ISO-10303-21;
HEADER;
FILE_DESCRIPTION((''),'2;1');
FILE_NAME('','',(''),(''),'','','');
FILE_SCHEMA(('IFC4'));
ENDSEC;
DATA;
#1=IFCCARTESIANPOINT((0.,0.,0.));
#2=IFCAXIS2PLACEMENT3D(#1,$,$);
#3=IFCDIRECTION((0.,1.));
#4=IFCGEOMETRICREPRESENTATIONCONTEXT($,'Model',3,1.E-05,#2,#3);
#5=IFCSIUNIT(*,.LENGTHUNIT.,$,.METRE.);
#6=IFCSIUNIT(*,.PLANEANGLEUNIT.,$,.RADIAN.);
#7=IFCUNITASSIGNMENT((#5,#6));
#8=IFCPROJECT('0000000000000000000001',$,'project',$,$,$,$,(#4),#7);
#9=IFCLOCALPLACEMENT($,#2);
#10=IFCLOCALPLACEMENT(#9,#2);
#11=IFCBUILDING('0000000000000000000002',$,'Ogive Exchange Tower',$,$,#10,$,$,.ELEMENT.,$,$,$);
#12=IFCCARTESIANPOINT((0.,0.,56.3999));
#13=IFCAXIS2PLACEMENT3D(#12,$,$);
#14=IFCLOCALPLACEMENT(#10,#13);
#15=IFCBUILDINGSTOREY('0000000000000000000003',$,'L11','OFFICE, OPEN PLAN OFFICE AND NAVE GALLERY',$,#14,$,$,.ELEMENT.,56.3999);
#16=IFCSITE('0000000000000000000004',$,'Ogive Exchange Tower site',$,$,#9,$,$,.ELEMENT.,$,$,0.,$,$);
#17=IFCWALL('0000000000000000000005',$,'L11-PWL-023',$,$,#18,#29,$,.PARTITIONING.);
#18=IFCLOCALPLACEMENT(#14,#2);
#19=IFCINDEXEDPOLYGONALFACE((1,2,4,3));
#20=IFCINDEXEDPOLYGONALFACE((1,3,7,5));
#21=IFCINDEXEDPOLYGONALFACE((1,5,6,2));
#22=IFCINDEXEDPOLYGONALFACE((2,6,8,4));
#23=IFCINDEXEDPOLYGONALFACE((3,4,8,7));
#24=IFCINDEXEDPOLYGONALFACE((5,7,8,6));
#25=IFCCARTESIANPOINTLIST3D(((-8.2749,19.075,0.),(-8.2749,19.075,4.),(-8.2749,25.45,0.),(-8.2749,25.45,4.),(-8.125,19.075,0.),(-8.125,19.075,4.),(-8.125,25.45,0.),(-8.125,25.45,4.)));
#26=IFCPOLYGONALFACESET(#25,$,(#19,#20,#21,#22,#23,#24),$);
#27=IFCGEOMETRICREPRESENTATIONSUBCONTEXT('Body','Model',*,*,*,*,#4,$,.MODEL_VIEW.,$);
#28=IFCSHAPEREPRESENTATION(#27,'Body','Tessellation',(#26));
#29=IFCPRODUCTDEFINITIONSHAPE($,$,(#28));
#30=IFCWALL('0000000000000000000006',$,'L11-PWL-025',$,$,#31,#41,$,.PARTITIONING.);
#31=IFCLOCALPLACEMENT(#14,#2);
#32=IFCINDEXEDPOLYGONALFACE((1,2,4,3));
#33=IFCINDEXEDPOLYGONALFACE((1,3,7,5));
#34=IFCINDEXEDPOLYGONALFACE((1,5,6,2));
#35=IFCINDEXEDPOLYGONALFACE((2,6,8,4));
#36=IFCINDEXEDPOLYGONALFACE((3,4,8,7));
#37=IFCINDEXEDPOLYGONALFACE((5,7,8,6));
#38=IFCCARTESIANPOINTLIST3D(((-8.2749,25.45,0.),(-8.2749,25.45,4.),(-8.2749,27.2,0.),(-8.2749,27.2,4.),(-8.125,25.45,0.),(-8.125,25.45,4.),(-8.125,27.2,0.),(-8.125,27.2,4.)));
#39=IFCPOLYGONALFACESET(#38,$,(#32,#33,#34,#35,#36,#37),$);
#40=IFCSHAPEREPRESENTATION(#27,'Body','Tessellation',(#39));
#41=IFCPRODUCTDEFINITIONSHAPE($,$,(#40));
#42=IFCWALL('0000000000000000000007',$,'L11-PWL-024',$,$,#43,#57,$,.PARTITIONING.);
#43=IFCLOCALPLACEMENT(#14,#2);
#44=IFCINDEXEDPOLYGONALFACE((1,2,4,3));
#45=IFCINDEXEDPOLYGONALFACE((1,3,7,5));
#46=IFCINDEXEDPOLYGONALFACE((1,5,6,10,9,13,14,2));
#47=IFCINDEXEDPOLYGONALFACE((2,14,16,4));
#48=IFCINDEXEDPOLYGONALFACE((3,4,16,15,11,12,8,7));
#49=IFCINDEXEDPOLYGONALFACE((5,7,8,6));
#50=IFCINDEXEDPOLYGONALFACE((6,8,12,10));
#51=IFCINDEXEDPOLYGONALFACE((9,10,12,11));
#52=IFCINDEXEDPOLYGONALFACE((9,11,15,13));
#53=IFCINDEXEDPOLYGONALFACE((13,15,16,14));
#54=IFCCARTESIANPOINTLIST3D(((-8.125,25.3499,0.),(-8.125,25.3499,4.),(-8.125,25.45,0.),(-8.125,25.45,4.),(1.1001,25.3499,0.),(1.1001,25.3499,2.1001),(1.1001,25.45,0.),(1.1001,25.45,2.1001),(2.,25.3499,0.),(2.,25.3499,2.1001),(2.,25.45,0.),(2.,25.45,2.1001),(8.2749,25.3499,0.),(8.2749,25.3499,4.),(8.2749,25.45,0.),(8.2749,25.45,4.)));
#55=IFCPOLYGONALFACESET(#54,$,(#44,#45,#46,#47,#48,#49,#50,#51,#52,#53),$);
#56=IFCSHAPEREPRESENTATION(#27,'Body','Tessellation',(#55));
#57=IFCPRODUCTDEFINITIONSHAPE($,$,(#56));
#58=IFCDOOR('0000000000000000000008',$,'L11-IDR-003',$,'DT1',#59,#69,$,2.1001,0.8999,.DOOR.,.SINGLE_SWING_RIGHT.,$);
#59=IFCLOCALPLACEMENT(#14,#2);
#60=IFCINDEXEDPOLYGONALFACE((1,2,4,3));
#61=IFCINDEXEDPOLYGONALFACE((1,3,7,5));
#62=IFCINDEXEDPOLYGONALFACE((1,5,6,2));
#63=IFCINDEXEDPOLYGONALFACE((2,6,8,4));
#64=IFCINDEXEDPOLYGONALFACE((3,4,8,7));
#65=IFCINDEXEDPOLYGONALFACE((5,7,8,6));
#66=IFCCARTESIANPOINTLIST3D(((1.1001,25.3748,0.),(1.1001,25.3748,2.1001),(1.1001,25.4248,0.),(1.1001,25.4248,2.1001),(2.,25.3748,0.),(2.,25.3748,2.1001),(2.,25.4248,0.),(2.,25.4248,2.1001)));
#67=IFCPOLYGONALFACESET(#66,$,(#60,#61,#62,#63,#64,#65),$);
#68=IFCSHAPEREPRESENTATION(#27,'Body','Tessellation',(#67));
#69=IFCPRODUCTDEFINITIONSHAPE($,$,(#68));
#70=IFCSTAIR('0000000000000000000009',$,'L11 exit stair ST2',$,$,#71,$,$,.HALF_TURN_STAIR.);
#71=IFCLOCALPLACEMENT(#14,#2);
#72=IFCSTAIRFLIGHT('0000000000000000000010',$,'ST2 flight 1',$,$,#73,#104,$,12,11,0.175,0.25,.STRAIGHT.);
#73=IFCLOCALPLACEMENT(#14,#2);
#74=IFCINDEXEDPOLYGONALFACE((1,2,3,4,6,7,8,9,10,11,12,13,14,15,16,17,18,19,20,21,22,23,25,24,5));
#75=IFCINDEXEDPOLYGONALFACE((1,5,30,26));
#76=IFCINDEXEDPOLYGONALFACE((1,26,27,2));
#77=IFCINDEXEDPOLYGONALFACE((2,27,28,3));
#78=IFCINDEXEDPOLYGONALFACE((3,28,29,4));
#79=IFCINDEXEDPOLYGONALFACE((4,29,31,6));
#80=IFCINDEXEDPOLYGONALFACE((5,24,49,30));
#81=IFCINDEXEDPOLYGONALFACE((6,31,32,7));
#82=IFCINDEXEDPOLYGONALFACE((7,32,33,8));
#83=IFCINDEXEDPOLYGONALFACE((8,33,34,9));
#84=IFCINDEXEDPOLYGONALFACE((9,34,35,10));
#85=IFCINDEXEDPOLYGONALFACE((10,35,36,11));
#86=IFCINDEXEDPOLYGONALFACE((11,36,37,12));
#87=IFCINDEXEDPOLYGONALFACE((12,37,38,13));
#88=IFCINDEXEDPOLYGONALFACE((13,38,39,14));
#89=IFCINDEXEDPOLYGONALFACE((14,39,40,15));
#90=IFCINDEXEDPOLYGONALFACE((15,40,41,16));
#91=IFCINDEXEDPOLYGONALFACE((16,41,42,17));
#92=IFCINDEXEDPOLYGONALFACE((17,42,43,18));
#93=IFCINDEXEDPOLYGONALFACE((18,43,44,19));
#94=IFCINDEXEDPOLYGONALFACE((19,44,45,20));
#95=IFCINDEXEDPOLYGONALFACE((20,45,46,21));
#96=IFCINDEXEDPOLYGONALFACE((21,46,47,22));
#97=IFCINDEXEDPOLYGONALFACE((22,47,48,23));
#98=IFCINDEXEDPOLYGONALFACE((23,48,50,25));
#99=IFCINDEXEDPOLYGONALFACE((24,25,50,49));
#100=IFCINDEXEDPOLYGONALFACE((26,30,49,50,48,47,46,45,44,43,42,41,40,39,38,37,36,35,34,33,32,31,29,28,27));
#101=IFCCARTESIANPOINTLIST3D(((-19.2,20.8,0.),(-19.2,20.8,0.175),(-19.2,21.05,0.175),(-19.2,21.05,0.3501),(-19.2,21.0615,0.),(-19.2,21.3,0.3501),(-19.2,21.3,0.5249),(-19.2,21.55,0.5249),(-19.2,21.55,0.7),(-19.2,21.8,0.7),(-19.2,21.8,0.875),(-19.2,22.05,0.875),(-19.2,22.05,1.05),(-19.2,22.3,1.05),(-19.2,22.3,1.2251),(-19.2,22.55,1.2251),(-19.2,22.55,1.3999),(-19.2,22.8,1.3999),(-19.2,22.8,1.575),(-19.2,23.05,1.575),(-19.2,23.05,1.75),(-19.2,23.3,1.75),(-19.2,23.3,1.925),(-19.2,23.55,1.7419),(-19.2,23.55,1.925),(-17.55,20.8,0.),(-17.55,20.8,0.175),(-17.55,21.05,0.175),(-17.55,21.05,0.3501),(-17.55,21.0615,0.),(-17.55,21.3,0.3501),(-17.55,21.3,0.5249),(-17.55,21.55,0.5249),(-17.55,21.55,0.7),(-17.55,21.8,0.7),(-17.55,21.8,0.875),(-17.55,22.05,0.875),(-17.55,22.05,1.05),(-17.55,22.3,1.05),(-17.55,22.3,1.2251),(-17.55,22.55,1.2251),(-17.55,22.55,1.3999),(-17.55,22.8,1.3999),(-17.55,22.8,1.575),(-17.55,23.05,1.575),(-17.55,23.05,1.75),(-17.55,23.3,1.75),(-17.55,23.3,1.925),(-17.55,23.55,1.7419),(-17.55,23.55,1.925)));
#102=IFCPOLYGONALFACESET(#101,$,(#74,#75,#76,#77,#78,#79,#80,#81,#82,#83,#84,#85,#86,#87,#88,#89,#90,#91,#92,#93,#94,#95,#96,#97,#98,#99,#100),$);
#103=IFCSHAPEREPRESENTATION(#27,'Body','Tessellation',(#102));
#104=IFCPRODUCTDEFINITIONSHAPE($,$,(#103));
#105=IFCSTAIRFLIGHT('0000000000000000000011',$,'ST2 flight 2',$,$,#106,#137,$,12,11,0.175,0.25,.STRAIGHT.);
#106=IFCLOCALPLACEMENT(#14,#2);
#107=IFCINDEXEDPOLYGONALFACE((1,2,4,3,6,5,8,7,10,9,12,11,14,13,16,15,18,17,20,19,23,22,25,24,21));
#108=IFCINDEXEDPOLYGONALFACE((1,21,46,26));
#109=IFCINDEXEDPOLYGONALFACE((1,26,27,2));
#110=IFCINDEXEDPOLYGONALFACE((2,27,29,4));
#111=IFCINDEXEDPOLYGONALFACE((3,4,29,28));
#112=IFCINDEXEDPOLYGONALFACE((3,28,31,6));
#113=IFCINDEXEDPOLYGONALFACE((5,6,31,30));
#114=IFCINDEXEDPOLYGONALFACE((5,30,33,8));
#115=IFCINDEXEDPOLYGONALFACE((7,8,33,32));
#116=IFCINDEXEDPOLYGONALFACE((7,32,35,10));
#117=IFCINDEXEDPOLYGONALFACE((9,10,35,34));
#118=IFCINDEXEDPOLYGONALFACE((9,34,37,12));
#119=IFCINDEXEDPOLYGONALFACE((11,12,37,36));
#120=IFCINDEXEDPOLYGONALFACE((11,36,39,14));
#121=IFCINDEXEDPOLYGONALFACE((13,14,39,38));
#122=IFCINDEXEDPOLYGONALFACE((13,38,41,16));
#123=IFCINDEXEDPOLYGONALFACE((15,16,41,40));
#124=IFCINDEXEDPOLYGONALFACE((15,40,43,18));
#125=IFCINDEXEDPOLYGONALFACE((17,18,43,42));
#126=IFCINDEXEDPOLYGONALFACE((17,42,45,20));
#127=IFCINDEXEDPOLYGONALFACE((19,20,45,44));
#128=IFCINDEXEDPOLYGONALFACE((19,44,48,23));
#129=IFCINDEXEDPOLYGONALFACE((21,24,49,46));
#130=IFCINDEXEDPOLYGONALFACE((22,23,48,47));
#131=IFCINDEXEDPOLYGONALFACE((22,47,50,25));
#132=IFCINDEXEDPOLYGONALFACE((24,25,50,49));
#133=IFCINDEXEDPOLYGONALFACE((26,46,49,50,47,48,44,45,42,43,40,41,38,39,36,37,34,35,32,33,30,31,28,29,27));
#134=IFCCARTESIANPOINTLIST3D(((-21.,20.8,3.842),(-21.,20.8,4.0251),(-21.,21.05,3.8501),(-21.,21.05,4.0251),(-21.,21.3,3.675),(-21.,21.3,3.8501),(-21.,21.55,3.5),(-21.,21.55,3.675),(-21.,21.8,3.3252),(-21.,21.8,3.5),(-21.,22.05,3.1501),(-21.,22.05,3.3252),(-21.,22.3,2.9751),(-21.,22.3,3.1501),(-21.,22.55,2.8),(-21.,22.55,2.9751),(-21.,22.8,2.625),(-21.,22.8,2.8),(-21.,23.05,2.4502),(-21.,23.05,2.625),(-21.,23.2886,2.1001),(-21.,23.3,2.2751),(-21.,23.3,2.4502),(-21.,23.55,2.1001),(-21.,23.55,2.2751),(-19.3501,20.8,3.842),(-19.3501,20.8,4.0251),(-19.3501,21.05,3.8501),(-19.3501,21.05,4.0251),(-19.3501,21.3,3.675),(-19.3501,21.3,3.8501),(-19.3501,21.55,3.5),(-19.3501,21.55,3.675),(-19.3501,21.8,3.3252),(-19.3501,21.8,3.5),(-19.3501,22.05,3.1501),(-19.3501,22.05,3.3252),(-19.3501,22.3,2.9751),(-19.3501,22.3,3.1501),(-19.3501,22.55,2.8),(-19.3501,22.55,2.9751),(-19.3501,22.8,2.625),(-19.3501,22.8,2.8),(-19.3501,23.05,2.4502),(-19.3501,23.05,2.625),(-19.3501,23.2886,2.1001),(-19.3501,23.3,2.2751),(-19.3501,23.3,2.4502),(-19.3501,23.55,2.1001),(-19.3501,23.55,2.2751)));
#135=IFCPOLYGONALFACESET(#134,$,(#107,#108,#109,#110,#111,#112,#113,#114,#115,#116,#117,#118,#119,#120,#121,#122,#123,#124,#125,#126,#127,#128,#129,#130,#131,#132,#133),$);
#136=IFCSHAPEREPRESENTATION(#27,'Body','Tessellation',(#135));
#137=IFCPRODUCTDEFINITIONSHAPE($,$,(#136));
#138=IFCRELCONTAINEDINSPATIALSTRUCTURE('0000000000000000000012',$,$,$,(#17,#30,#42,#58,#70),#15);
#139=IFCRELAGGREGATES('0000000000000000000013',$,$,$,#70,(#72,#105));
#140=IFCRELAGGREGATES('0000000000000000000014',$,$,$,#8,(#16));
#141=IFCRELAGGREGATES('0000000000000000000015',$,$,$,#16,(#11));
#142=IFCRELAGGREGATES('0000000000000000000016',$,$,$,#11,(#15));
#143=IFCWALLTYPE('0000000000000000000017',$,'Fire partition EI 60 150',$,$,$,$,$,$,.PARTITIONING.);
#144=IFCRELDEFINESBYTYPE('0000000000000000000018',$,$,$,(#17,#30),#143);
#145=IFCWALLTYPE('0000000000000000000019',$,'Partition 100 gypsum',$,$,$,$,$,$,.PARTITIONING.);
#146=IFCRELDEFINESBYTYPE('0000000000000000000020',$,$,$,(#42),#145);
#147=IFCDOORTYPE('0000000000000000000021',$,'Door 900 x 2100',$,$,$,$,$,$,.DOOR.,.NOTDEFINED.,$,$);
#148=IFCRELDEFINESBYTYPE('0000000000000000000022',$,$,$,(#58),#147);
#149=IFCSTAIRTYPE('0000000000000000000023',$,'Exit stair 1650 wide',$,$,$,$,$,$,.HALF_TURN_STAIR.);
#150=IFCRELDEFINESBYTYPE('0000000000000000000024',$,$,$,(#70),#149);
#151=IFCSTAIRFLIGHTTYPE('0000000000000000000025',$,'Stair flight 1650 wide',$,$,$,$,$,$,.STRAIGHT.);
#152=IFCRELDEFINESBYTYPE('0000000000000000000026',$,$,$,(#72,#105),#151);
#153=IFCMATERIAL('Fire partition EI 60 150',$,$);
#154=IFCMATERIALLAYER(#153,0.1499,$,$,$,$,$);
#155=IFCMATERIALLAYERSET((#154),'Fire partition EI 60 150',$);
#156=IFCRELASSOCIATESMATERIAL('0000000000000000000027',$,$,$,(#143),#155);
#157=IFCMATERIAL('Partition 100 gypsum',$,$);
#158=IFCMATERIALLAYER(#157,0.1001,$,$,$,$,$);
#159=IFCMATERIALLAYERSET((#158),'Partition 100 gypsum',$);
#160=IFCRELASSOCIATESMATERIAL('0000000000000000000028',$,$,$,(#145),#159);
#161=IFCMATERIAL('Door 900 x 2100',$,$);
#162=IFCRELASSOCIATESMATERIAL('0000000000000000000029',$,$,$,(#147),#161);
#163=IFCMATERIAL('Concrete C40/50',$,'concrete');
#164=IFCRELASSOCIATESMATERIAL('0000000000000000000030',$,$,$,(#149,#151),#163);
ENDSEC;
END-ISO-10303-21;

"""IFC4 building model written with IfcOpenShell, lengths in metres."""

from ifc_helpers import new_model, si_unit, direction, frame, frame_2d, origin, place, context, subcontext, project, spatial, polyline, rectangle, outline, extrude, material, layer, layer_set, type_object, element, fill, aggregate, save


model = new_model("IFC4")

# Units and contexts
model_context = context("Model", 3, precision=1e-05, world=origin(), true_north=direction((0.0, 1.0)))
body_context = subcontext(model_context, "Body", "Model", "MODEL_VIEW")
ifc_project = project(units=[si_unit("LENGTHUNIT", "METRE"), si_unit("PLANEANGLEUNIT", "RADIAN")], contexts=[model_context])

# Site, building, storey
site_placement = place(None, origin())
site = spatial("IfcSite", under=ifc_project, at=site_placement, Name="Ogive Exchange Tower site", CompositionType="ELEMENT", RefElevation=0.0)
building_placement = place(site_placement, origin())
building = spatial("IfcBuilding", under=site, at=building_placement, Name="Ogive Exchange Tower", CompositionType="ELEMENT")
storey_placement = place(building_placement, frame((0.0, 0.0, 56.3999)))
storey = spatial("IfcBuildingStorey", under=building, at=storey_placement, Name="L11", Description="OFFICE, OPEN PLAN OFFICE AND NAVE GALLERY", CompositionType="ELEMENT", Elevation=56.3999)

# Walls
ifc_material_1 = material(Name="Fire partition EI 60 150")
ifc_layer_1 = layer(ifc_material_1, 0.1499)
ifc_layer_set_1 = layer_set([ifc_layer_1], Name="Fire partition EI 60 150")
wall_type_1 = type_object("IfcWallType", Name="Fire partition EI 60 150", PredefinedType="PARTITIONING", material=ifc_layer_set_1)
wall_1_placement = place(storey_placement, frame((-8.2, 25.45, 0.0), z_axis=(0.0, 0.0, 1.0), x_axis=(0.0, -1.0, 0.0)))
element("IfcWall", 1, at=wall_1_placement, inside=storey, type_object=wall_type_1, Name="L11-PWL-023", PredefinedType="PARTITIONING", context=body_context, shape_type="SweptSolid", body=[
    extrude(rectangle(XDim=6.375, YDim=0.1499, at=frame_2d((3.1875, 0.0))), origin(), (0.0, 0.0, 1.0), 4.0),
])
wall_2_placement = place(storey_placement, frame((-8.2, 27.2, 0.0), z_axis=(0.0, 0.0, 1.0), x_axis=(0.0, -1.0, 0.0)))
element("IfcWall", 2, at=wall_2_placement, inside=storey, type_object=wall_type_1, Name="L11-PWL-025", PredefinedType="PARTITIONING", context=body_context, shape_type="SweptSolid", body=[
    extrude(rectangle(XDim=1.75, YDim=0.1499, at=frame_2d((0.875, 0.0))), origin(), (0.0, 0.0, 1.0), 4.0),
])

# Wall, opening, door
ifc_material_2 = material(Name="Partition 100 gypsum")
ifc_layer_2 = layer(ifc_material_2, 0.1001)
ifc_layer_set_2 = layer_set([ifc_layer_2], Name="Partition 100 gypsum")
wall_type_2 = type_object("IfcWallType", Name="Partition 100 gypsum", PredefinedType="PARTITIONING", material=ifc_layer_set_2)
wall_3_placement = place(storey_placement, frame((-8.125, 25.3999, 0.0), z_axis=(0.0, 0.0, 1.0), x_axis=(1.0, 0.0, 0.0)))
wall_3 = element("IfcWall", 3, at=wall_3_placement, inside=storey, type_object=wall_type_2, Name="L11-PWL-024", PredefinedType="PARTITIONING", context=body_context, shape_type="SweptSolid", body=[
    extrude(rectangle(XDim=16.3999, YDim=0.1001, at=frame_2d((8.2, 0.0))), origin(), (0.0, 0.0, 1.0), 4.0),
])
opening_placement = place(wall_3_placement, frame((9.2251, 0.0, 0.0)))
opening = element("IfcOpeningElement", 4, at=opening_placement, cuts=wall_3, PredefinedType="OPENING", context=body_context, shape_type="SweptSolid", body=[
    extrude(rectangle(XDim=0.8999, YDim=2.1001, at=frame_2d((0.45, 1.05))), frame((0.0, 0.0601, 0.0), z_axis=(0.0, -1.0, 0.0), x_axis=(1.0, 0.0, 0.0)), (0.0, 0.0, 1.0), 0.1201),
])
ifc_material_3 = material(Name="Door 900 x 2100")
door_type = type_object("IfcDoorType", Name="Door 900 x 2100", OperationType="NOTDEFINED", PredefinedType="DOOR", material=ifc_material_3)
door_placement = place(opening_placement, origin())
door = element("IfcDoor", 5, at=door_placement, inside=storey, type_object=door_type, Name="L11-IDR-003", ObjectType="DT1", OperationType="SINGLE_SWING_RIGHT", OverallHeight=2.1001, OverallWidth=0.8999, PredefinedType="DOOR", context=body_context, shape_type="SweptSolid", body=[
    extrude(rectangle(XDim=0.8999, YDim=2.1001, at=frame_2d((0.45, 1.05))), frame((0.0, 0.0249, 0.0), z_axis=(0.0, -1.0, 0.0), x_axis=(1.0, 0.0, 0.0)), (0.0, 0.0, 1.0), 0.05),
])
fill(opening, door)

# Stair, stair flights
ifc_material_4 = material(Name="Concrete C40/50", Category="concrete")
stair_type = type_object("IfcStairType", Name="Exit stair 1650 wide", PredefinedType="HALF_TURN_STAIR", material=ifc_material_4)
stair_placement = place(storey_placement, origin())
stair = element("IfcStair", 6, at=stair_placement, inside=storey, type_object=stair_type, Name="L11 exit stair ST2", PredefinedType="HALF_TURN_STAIR")
stair_flight_type = type_object("IfcStairFlightType", Name="Stair flight 1650 wide", PredefinedType="STRAIGHT", material=ifc_material_4)
stair_flight_1_placement = place(storey_placement, frame((-18.375, 20.8, 0.0), z_axis=(0.0, 0.0, 1.0), x_axis=(0.0, 1.0, 0.0)))
stair_flight_1 = element("IfcStairFlight", 7, at=stair_flight_1_placement, type_object=stair_flight_type, Name="ST2 flight 1", NumberOfRisers=12, NumberOfTreads=11, PredefinedType="STRAIGHT", RiserHeight=0.175, TreadLength=0.25, context=body_context, shape_type="SweptSolid", body=[
    extrude(outline(polyline([(0.0, 0.0), (0.0, 0.175), (0.25, 0.175), (0.25, 0.3501), (0.5, 0.3501), (0.5, 0.5249), (0.75, 0.5249), (0.75, 0.7), (1.0, 0.7), (1.0, 0.875), (1.25, 0.875), (1.25, 1.05), (1.5, 1.05), (1.5, 1.2251), (1.75, 1.2251), (1.75, 1.3999), (2.0, 1.3999), (2.0, 1.575), (2.25, 1.575), (2.25, 1.75), (2.5, 1.75), (2.5, 1.925), (2.75, 1.925), (2.75, 2.1001), (2.75, 1.7419), (0.2615, 0.0), (0.0, 0.0)])), frame((0.0, 0.825, 0.0), z_axis=(0.0, -1.0, 0.0), x_axis=(1.0, 0.0, 0.0)), (0.0, 0.0, 1.0), 1.6499),
])
stair_flight_2_placement = place(storey_placement, frame((-20.175, 23.55, 2.1001), z_axis=(0.0, 0.0, 1.0), x_axis=(0.0, -1.0, 0.0)))
stair_flight_2 = element("IfcStairFlight", 8, at=stair_flight_2_placement, type_object=stair_flight_type, Name="ST2 flight 2", NumberOfRisers=12, NumberOfTreads=11, PredefinedType="STRAIGHT", RiserHeight=0.175, TreadLength=0.25, context=body_context, shape_type="SweptSolid", body=[
    extrude(outline(polyline([(0.0, 0.0), (0.0, 0.175), (0.25, 0.175), (0.25, 0.3501), (0.5, 0.3501), (0.5, 0.5249), (0.75, 0.5249), (0.75, 0.7), (1.0, 0.7), (1.0, 0.875), (1.25, 0.875), (1.25, 1.05), (1.5, 1.05), (1.5, 1.2251), (1.75, 1.2251), (1.75, 1.3999), (2.0, 1.3999), (2.0, 1.575), (2.25, 1.575), (2.25, 1.75), (2.5, 1.75), (2.5, 1.925), (2.75, 1.925), (2.75, 2.1001), (2.75, 1.7419), (0.2615, 0.0), (0.0, 0.0)])), frame((0.0, 0.825, 0.0), z_axis=(0.0, -1.0, 0.0), x_axis=(1.0, 0.0, 0.0)), (0.0, 0.0, 1.0), 1.6499),
])
aggregate(stair, [stair_flight_1, stair_flight_2])

save(model, "model.ifc")
